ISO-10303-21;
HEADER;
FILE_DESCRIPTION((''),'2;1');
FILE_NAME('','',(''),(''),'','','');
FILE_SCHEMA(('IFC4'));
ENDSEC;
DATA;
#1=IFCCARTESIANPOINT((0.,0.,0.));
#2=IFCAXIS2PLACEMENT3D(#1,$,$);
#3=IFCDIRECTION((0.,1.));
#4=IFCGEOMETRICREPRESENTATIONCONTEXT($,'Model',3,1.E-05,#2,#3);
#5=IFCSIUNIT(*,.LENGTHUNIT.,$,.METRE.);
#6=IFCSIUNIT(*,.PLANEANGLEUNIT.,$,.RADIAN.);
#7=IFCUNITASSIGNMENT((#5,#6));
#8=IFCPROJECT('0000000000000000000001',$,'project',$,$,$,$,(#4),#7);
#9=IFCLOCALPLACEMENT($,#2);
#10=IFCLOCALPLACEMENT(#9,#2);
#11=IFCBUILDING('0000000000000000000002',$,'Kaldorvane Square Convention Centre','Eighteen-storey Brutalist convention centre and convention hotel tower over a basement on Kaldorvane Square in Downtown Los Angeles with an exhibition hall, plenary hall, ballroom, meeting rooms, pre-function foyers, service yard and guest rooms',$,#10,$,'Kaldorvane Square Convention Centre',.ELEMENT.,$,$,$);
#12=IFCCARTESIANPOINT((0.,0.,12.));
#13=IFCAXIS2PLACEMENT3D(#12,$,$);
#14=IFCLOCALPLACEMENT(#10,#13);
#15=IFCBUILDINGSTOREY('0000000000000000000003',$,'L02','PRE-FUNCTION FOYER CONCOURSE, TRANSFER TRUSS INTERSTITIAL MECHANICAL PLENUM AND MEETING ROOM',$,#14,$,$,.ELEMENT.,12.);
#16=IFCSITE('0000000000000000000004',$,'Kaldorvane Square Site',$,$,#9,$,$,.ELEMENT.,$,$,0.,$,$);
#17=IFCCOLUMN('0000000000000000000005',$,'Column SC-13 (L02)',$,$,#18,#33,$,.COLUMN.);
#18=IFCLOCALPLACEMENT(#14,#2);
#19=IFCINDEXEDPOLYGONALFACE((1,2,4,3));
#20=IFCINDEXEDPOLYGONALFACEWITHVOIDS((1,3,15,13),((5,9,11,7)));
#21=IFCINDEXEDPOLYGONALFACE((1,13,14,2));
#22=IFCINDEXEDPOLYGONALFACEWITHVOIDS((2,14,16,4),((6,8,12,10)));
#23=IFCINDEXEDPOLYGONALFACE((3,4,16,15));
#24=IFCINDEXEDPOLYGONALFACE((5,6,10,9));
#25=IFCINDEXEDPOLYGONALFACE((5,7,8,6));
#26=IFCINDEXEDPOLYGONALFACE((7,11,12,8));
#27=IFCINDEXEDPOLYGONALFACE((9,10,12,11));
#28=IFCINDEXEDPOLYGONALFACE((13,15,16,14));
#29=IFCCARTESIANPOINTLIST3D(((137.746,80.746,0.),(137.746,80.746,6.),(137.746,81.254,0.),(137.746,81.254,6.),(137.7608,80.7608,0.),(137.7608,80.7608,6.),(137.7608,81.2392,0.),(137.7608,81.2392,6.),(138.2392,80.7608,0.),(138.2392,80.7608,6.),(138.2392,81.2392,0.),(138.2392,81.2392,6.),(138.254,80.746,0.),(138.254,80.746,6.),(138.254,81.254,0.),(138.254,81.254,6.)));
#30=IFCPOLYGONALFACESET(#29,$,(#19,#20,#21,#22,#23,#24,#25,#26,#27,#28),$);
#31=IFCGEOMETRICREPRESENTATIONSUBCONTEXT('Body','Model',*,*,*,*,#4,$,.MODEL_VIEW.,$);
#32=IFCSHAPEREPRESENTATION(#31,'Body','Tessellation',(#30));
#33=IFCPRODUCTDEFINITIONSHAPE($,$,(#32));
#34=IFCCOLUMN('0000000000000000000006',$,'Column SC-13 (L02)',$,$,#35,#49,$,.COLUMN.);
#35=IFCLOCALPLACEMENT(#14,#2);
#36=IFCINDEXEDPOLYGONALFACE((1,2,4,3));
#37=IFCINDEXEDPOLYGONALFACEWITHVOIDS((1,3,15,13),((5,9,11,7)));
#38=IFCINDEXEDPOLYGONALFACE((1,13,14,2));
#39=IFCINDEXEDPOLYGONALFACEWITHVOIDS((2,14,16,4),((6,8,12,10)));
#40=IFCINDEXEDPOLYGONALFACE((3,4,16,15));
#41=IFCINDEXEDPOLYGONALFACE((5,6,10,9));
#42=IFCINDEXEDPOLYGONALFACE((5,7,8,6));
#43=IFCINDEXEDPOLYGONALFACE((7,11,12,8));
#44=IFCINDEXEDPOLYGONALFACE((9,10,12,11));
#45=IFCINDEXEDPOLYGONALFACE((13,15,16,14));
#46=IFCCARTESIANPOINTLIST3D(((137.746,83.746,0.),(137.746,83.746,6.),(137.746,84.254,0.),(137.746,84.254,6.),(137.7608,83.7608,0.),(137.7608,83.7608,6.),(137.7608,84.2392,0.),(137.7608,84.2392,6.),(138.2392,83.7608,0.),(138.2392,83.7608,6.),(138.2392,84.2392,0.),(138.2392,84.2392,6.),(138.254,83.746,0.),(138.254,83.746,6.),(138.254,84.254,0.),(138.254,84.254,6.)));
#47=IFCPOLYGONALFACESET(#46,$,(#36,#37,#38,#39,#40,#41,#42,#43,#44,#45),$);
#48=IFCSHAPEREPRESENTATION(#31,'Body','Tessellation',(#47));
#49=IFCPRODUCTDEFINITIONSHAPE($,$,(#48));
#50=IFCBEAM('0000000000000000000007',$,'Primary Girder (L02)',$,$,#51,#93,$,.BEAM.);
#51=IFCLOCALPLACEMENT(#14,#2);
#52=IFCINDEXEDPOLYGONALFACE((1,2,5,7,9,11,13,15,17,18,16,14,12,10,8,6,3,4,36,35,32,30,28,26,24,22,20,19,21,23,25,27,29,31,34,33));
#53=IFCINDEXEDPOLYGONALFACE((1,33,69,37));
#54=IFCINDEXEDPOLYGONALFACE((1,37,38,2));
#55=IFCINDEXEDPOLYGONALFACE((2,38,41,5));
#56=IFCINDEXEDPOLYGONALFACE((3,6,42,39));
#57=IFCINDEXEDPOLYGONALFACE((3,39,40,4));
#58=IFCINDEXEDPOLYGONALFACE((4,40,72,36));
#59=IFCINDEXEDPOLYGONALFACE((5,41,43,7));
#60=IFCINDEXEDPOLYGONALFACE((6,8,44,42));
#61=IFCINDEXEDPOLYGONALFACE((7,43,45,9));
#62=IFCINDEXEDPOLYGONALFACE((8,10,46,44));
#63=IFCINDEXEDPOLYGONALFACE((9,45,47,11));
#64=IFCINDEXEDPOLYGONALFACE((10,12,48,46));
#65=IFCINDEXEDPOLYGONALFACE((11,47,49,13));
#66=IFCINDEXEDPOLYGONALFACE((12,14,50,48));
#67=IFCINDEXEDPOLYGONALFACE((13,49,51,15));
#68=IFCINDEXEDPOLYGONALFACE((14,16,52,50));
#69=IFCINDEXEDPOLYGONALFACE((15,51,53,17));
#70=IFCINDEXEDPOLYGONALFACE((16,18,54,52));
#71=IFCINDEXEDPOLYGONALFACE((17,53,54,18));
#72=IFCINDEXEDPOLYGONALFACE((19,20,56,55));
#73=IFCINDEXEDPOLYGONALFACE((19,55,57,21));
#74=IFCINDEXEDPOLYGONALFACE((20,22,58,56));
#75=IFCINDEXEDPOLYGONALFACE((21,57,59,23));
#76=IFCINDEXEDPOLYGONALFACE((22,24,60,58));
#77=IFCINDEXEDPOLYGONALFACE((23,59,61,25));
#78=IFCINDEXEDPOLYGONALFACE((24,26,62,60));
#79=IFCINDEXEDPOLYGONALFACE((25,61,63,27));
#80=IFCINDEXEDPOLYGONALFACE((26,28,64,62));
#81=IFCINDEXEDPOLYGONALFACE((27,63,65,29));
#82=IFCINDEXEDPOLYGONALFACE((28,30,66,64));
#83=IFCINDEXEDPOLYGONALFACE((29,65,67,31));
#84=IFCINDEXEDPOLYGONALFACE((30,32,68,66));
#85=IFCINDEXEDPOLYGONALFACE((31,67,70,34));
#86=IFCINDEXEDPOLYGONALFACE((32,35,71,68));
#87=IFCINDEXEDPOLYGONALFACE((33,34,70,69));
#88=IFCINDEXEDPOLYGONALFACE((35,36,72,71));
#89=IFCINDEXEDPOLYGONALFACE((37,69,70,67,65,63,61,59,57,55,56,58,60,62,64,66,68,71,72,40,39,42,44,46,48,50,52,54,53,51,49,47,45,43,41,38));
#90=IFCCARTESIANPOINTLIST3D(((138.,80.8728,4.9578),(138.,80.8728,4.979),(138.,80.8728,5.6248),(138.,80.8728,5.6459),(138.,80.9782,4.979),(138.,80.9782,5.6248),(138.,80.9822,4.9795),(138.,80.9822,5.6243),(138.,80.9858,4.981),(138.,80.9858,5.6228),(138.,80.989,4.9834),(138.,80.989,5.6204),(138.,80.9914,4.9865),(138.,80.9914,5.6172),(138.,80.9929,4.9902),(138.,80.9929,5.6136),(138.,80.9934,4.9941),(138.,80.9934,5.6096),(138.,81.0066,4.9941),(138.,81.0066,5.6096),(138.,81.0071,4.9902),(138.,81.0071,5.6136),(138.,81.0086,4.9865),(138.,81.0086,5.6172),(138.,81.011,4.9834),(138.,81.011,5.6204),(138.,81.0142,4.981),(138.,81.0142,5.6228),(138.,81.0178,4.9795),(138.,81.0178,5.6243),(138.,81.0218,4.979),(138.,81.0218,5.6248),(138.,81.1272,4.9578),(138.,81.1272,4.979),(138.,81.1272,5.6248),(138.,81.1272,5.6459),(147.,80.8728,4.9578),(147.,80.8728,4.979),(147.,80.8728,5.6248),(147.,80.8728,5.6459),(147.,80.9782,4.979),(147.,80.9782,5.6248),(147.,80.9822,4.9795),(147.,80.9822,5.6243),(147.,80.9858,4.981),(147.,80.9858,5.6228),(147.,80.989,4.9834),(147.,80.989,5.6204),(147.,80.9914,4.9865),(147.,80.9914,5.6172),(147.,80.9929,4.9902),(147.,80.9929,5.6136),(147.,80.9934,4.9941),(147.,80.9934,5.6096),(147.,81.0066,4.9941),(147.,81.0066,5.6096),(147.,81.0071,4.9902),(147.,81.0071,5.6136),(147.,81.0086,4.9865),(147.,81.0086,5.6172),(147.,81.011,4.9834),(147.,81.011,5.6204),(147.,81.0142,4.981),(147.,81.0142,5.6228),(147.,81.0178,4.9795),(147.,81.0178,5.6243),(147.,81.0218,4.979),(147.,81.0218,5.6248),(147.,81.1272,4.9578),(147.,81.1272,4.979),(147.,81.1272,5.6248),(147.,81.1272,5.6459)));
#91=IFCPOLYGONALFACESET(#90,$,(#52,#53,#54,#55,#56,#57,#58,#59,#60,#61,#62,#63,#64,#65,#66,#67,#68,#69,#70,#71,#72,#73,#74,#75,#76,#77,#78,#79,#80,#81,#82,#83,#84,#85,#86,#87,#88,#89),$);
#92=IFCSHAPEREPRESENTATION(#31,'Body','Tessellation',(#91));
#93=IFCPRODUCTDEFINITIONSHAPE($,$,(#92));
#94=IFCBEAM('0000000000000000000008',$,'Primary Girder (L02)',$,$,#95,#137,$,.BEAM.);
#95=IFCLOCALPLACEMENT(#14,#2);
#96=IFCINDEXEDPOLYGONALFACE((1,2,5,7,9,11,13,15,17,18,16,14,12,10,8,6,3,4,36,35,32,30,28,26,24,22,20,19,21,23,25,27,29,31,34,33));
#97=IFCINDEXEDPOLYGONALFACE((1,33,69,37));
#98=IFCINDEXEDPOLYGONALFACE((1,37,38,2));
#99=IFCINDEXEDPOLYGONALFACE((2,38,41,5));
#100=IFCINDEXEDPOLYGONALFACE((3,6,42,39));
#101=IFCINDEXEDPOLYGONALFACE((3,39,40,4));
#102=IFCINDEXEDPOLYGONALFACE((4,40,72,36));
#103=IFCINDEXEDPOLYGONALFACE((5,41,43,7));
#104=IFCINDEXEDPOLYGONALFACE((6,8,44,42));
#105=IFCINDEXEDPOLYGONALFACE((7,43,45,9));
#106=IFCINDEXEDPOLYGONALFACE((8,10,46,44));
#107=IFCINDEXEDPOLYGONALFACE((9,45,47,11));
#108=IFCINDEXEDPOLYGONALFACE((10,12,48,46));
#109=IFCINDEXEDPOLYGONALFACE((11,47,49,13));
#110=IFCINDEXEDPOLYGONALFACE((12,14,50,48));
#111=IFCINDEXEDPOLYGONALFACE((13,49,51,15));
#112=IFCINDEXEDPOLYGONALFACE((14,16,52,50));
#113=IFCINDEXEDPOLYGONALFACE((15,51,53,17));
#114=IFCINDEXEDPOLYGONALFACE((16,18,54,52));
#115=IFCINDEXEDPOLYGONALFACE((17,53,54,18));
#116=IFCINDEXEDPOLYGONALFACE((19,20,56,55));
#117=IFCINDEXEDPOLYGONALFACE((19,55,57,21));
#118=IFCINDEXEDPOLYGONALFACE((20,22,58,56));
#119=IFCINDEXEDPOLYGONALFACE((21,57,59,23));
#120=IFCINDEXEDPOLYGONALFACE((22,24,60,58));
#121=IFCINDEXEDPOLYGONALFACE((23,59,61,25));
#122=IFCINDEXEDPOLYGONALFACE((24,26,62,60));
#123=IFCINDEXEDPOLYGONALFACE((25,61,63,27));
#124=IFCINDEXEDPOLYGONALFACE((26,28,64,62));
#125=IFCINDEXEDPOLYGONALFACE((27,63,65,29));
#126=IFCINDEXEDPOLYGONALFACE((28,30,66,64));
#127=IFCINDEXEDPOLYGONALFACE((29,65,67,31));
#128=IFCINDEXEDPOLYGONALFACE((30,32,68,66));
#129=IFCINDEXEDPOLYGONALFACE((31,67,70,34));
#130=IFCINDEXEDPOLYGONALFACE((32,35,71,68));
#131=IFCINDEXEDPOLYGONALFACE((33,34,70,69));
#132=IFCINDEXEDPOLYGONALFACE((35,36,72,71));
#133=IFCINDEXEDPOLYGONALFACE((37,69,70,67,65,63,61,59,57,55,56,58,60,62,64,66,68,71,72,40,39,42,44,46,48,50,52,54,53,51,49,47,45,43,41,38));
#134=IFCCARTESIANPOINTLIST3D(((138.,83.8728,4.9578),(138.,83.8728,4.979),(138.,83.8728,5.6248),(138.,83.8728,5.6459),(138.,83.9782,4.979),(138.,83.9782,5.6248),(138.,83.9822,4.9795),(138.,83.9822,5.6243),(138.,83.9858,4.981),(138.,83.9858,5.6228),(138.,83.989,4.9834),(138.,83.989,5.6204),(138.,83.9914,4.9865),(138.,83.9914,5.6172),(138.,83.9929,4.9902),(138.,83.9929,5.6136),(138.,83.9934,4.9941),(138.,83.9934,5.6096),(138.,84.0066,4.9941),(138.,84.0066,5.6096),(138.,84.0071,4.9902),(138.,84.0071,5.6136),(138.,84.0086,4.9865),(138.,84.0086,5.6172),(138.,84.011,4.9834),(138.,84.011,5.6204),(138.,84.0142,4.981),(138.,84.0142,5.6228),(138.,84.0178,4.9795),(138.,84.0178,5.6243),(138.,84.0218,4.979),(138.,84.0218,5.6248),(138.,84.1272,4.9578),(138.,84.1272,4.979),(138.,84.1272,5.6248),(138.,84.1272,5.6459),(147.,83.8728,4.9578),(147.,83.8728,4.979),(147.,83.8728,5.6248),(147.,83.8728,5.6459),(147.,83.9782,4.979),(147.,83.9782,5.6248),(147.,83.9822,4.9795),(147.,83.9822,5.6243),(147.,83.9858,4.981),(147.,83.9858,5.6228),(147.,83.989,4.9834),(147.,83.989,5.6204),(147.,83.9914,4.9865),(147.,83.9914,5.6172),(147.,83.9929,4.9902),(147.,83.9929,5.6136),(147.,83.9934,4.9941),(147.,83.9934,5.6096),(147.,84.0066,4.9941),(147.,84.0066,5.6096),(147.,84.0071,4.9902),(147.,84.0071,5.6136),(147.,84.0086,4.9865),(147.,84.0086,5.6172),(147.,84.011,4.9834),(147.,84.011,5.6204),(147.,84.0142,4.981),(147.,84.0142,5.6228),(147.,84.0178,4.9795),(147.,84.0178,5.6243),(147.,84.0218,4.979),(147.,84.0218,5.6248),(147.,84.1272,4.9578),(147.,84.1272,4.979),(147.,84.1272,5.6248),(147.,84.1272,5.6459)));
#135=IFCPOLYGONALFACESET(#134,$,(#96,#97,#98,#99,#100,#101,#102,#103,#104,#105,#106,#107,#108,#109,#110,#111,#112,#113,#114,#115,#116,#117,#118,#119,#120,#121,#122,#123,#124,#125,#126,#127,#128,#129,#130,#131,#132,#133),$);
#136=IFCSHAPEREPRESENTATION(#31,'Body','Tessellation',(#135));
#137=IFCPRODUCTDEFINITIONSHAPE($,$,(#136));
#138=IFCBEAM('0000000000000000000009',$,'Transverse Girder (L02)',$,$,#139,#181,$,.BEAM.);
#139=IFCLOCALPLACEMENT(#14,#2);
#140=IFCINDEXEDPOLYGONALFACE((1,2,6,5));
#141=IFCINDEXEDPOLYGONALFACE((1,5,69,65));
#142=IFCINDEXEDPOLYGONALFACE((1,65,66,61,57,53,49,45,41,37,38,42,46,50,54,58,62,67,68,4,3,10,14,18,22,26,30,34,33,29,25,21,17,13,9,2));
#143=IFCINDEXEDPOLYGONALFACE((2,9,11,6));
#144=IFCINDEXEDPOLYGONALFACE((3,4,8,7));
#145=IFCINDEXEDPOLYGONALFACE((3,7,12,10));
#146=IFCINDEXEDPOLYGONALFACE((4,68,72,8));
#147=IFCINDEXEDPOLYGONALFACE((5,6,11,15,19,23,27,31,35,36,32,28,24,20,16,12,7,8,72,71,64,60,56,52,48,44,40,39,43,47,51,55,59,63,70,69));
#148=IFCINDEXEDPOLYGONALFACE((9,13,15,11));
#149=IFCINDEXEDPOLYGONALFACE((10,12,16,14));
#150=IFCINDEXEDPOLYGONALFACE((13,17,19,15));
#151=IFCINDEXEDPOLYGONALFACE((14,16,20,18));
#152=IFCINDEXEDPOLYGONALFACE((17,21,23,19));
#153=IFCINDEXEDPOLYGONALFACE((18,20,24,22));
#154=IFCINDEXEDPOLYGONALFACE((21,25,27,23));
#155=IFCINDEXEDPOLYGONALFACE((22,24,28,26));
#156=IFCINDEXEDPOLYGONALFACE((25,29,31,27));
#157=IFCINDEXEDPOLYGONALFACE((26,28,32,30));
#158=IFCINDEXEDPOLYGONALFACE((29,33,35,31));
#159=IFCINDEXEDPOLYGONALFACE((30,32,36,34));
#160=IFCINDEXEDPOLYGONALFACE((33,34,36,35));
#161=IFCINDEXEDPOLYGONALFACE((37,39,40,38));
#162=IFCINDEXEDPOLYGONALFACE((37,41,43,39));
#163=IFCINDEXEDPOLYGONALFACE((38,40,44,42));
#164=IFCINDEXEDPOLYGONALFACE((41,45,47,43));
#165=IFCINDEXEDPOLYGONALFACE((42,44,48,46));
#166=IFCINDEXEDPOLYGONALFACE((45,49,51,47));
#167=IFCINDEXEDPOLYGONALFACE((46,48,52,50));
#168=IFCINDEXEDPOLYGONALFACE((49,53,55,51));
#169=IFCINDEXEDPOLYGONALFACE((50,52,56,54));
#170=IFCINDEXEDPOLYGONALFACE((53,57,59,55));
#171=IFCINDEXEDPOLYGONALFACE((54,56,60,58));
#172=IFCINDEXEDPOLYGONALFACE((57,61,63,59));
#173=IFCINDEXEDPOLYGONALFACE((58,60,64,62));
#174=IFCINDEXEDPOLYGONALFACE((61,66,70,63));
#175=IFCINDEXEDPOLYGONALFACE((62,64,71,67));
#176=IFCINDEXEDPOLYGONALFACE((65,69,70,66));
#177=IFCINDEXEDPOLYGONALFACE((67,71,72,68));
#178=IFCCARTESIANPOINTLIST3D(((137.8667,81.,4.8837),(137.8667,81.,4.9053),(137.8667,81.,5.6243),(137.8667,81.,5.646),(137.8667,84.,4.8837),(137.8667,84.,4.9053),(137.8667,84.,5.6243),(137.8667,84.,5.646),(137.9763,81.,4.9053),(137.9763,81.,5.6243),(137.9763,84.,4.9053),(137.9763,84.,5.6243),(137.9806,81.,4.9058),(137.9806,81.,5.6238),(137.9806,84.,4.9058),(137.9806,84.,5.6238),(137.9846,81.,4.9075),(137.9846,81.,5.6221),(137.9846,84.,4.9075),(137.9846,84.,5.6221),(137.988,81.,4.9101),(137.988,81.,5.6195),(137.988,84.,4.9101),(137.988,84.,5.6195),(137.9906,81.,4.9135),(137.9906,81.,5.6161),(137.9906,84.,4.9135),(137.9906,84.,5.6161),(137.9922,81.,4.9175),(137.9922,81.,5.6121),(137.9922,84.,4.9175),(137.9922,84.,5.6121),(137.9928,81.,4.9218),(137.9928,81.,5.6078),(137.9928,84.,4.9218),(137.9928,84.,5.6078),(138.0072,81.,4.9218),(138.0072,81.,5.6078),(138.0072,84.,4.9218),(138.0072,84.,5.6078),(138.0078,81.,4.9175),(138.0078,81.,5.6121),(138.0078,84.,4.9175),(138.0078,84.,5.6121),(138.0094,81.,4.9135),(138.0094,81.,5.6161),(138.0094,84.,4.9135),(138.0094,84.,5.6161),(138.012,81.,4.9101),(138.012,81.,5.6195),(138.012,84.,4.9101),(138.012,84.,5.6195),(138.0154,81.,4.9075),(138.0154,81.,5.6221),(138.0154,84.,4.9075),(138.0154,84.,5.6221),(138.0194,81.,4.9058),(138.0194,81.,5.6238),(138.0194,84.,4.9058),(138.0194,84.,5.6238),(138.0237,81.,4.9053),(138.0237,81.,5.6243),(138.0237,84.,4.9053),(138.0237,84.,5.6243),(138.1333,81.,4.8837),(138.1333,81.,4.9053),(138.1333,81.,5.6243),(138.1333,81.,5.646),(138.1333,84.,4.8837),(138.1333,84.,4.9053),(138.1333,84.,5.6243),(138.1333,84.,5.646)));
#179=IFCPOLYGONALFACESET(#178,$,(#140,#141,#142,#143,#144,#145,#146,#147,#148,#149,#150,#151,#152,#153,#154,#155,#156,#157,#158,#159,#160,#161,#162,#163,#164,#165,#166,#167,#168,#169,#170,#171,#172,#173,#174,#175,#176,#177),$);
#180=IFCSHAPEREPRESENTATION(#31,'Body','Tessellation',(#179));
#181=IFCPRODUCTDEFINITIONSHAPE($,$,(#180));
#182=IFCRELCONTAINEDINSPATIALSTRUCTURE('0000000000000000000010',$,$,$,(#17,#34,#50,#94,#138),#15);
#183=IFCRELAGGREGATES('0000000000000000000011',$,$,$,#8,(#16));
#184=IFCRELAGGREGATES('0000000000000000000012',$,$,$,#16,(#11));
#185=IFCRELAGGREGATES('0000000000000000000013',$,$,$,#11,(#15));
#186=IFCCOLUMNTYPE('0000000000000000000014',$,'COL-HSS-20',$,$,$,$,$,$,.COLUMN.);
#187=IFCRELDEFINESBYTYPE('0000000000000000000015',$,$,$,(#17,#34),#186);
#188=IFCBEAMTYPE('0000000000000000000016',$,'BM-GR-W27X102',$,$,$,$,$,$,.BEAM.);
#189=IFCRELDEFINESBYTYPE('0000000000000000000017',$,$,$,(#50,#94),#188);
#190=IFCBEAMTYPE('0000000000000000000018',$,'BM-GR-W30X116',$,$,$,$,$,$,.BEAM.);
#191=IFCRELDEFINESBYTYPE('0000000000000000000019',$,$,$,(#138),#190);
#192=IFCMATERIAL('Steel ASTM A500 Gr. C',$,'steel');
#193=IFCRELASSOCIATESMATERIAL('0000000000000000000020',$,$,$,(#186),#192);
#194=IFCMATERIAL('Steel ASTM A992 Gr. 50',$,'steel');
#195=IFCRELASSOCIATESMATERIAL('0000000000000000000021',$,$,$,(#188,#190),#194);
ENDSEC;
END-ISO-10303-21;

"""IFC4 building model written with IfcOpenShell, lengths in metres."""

from ifc_helpers import new_model, si_unit, direction, frame, origin, origin_2d, place, context, subcontext, project, spatial, hollow_rectangle, i_section, extrude, material, material_profile, profile_set, type_object, element, save


model = new_model("IFC4")

# Units and contexts
model_context = context("Model", 3, precision=1e-05, world=origin(), true_north=direction((0.0, 1.0)))
body_context = subcontext(model_context, "Body", "Model", "MODEL_VIEW")
ifc_project = project(units=[si_unit("LENGTHUNIT", "METRE"), si_unit("PLANEANGLEUNIT", "RADIAN")], contexts=[model_context])

# Site, building, storey
site_placement = place(None, origin())
site = spatial("IfcSite", under=ifc_project, at=site_placement, Name="Kaldorvane Square Site", CompositionType="ELEMENT", RefElevation=0.0)
building_placement = place(site_placement, origin())
building = spatial("IfcBuilding", under=site, at=building_placement, Name="Kaldorvane Square Convention Centre", Description="Eighteen-storey Brutalist convention centre and convention hotel tower over a basement on Kaldorvane Square in Downtown Los Angeles with an exhibition hall, plenary hall, ballroom, meeting rooms, pre-function foyers, service yard and guest rooms", LongName="Kaldorvane Square Convention Centre", CompositionType="ELEMENT")
storey_placement = place(building_placement, frame((0.0, 0.0, 12.0)))
storey = spatial("IfcBuildingStorey", under=building, at=storey_placement, Name="L02", Description="PRE-FUNCTION FOYER CONCOURSE, TRANSFER TRUSS INTERSTITIAL MECHANICAL PLENUM AND MEETING ROOM", CompositionType="ELEMENT", Elevation=12.0)

# Columns
ifc_material_1 = material(Name="Steel ASTM A500 Gr. C", Category="steel")
ifc_material_profile_1 = material_profile(ifc_material_1, hollow_rectangle(XDim=0.508, YDim=0.508, WallThickness=0.0148, at=origin_2d()), Name="HSS20X20X5/8")
ifc_profile_set_1 = profile_set([ifc_material_profile_1], Name="Steel ASTM A500 Gr. C")
column_type = type_object("IfcColumnType", Name="COL-HSS-20", PredefinedType="COLUMN", material=ifc_profile_set_1)
for number, where, z_axis, x_axis, name in (
    (1, (138.0, 81.0, 0.0), (0.0, 0.0, 1.0), (1.0, 0.0, 0.0), "Column SC-13 (L02)"),
    (2, (138.0, 84.0, 0.0), (0.0, 0.0, 1.0), (1.0, 0.0, 0.0), "Column SC-13 (L02)"),
):
    element("IfcColumn", number, at=place(storey_placement, frame(where, z_axis=z_axis, x_axis=x_axis)), inside=storey, type_object=column_type, Name=name, PredefinedType="COLUMN", context=body_context, shape_type="SweptSolid", body=[
        extrude(hollow_rectangle(XDim=0.508, YDim=0.508, WallThickness=0.0148, at=origin_2d()), origin(), (0.0, 0.0, 1.0), 6.0),
    ])

# Beams
ifc_material_2 = material(Name="Steel ASTM A992 Gr. 50", Category="steel")
ifc_material_profile_2 = material_profile(ifc_material_2, i_section(OverallWidth=0.2544, OverallDepth=0.6881, WebThickness=0.0131, FlangeThickness=0.0211, FilletRadius=0.0152, at=origin_2d()), Name="W27X102")
ifc_profile_set_2 = profile_set([ifc_material_profile_2], Name="Steel ASTM A992 Gr. 50")
beam_type_1 = type_object("IfcBeamType", Name="BM-GR-W27X102", PredefinedType="BEAM", material=ifc_profile_set_2)
for number, where, z_axis, x_axis, name in (
    (3, (138.0, 81.0, 5.3019), (1.0, 0.0, 0.0), (0.0, 1.0, 0.0), "Primary Girder (L02)"),
    (4, (138.0, 84.0, 5.3019), (1.0, 0.0, 0.0), (0.0, 1.0, 0.0), "Primary Girder (L02)"),
):
    element("IfcBeam", number, at=place(storey_placement, frame(where, z_axis=z_axis, x_axis=x_axis)), inside=storey, type_object=beam_type_1, Name=name, PredefinedType="BEAM", context=body_context, shape_type="SweptSolid", body=[
        extrude(i_section(OverallWidth=0.2544, OverallDepth=0.6881, WebThickness=0.0131, FlangeThickness=0.0211, FilletRadius=0.0152, at=origin_2d()), origin(), (0.0, 0.0, 1.0), 9.0),
    ])
ifc_material_profile_3 = material_profile(ifc_material_2, i_section(OverallWidth=0.2666, OverallDepth=0.7623, WebThickness=0.0144, FlangeThickness=0.0216, FilletRadius=0.0165, at=origin_2d()), Name="W30X116")
ifc_profile_set_3 = profile_set([ifc_material_profile_3], Name="Steel ASTM A992 Gr. 50")
beam_type_2 = type_object("IfcBeamType", Name="BM-GR-W30X116", PredefinedType="BEAM", material=ifc_profile_set_3)
beam_1_placement = place(storey_placement, frame((138.0, 81.0, 5.2648), z_axis=(0.0, 1.0, 0.0), x_axis=(-1.0, 0.0, 0.0)))
element("IfcBeam", 5, at=beam_1_placement, inside=storey, type_object=beam_type_2, Name="Transverse Girder (L02)", PredefinedType="BEAM", context=body_context, shape_type="SweptSolid", body=[
    extrude(i_section(OverallWidth=0.2666, OverallDepth=0.7623, WebThickness=0.0144, FlangeThickness=0.0216, FilletRadius=0.0165, at=origin_2d()), origin(), (0.0, 0.0, 1.0), 3.0),
])

save(model, "model.ifc")
